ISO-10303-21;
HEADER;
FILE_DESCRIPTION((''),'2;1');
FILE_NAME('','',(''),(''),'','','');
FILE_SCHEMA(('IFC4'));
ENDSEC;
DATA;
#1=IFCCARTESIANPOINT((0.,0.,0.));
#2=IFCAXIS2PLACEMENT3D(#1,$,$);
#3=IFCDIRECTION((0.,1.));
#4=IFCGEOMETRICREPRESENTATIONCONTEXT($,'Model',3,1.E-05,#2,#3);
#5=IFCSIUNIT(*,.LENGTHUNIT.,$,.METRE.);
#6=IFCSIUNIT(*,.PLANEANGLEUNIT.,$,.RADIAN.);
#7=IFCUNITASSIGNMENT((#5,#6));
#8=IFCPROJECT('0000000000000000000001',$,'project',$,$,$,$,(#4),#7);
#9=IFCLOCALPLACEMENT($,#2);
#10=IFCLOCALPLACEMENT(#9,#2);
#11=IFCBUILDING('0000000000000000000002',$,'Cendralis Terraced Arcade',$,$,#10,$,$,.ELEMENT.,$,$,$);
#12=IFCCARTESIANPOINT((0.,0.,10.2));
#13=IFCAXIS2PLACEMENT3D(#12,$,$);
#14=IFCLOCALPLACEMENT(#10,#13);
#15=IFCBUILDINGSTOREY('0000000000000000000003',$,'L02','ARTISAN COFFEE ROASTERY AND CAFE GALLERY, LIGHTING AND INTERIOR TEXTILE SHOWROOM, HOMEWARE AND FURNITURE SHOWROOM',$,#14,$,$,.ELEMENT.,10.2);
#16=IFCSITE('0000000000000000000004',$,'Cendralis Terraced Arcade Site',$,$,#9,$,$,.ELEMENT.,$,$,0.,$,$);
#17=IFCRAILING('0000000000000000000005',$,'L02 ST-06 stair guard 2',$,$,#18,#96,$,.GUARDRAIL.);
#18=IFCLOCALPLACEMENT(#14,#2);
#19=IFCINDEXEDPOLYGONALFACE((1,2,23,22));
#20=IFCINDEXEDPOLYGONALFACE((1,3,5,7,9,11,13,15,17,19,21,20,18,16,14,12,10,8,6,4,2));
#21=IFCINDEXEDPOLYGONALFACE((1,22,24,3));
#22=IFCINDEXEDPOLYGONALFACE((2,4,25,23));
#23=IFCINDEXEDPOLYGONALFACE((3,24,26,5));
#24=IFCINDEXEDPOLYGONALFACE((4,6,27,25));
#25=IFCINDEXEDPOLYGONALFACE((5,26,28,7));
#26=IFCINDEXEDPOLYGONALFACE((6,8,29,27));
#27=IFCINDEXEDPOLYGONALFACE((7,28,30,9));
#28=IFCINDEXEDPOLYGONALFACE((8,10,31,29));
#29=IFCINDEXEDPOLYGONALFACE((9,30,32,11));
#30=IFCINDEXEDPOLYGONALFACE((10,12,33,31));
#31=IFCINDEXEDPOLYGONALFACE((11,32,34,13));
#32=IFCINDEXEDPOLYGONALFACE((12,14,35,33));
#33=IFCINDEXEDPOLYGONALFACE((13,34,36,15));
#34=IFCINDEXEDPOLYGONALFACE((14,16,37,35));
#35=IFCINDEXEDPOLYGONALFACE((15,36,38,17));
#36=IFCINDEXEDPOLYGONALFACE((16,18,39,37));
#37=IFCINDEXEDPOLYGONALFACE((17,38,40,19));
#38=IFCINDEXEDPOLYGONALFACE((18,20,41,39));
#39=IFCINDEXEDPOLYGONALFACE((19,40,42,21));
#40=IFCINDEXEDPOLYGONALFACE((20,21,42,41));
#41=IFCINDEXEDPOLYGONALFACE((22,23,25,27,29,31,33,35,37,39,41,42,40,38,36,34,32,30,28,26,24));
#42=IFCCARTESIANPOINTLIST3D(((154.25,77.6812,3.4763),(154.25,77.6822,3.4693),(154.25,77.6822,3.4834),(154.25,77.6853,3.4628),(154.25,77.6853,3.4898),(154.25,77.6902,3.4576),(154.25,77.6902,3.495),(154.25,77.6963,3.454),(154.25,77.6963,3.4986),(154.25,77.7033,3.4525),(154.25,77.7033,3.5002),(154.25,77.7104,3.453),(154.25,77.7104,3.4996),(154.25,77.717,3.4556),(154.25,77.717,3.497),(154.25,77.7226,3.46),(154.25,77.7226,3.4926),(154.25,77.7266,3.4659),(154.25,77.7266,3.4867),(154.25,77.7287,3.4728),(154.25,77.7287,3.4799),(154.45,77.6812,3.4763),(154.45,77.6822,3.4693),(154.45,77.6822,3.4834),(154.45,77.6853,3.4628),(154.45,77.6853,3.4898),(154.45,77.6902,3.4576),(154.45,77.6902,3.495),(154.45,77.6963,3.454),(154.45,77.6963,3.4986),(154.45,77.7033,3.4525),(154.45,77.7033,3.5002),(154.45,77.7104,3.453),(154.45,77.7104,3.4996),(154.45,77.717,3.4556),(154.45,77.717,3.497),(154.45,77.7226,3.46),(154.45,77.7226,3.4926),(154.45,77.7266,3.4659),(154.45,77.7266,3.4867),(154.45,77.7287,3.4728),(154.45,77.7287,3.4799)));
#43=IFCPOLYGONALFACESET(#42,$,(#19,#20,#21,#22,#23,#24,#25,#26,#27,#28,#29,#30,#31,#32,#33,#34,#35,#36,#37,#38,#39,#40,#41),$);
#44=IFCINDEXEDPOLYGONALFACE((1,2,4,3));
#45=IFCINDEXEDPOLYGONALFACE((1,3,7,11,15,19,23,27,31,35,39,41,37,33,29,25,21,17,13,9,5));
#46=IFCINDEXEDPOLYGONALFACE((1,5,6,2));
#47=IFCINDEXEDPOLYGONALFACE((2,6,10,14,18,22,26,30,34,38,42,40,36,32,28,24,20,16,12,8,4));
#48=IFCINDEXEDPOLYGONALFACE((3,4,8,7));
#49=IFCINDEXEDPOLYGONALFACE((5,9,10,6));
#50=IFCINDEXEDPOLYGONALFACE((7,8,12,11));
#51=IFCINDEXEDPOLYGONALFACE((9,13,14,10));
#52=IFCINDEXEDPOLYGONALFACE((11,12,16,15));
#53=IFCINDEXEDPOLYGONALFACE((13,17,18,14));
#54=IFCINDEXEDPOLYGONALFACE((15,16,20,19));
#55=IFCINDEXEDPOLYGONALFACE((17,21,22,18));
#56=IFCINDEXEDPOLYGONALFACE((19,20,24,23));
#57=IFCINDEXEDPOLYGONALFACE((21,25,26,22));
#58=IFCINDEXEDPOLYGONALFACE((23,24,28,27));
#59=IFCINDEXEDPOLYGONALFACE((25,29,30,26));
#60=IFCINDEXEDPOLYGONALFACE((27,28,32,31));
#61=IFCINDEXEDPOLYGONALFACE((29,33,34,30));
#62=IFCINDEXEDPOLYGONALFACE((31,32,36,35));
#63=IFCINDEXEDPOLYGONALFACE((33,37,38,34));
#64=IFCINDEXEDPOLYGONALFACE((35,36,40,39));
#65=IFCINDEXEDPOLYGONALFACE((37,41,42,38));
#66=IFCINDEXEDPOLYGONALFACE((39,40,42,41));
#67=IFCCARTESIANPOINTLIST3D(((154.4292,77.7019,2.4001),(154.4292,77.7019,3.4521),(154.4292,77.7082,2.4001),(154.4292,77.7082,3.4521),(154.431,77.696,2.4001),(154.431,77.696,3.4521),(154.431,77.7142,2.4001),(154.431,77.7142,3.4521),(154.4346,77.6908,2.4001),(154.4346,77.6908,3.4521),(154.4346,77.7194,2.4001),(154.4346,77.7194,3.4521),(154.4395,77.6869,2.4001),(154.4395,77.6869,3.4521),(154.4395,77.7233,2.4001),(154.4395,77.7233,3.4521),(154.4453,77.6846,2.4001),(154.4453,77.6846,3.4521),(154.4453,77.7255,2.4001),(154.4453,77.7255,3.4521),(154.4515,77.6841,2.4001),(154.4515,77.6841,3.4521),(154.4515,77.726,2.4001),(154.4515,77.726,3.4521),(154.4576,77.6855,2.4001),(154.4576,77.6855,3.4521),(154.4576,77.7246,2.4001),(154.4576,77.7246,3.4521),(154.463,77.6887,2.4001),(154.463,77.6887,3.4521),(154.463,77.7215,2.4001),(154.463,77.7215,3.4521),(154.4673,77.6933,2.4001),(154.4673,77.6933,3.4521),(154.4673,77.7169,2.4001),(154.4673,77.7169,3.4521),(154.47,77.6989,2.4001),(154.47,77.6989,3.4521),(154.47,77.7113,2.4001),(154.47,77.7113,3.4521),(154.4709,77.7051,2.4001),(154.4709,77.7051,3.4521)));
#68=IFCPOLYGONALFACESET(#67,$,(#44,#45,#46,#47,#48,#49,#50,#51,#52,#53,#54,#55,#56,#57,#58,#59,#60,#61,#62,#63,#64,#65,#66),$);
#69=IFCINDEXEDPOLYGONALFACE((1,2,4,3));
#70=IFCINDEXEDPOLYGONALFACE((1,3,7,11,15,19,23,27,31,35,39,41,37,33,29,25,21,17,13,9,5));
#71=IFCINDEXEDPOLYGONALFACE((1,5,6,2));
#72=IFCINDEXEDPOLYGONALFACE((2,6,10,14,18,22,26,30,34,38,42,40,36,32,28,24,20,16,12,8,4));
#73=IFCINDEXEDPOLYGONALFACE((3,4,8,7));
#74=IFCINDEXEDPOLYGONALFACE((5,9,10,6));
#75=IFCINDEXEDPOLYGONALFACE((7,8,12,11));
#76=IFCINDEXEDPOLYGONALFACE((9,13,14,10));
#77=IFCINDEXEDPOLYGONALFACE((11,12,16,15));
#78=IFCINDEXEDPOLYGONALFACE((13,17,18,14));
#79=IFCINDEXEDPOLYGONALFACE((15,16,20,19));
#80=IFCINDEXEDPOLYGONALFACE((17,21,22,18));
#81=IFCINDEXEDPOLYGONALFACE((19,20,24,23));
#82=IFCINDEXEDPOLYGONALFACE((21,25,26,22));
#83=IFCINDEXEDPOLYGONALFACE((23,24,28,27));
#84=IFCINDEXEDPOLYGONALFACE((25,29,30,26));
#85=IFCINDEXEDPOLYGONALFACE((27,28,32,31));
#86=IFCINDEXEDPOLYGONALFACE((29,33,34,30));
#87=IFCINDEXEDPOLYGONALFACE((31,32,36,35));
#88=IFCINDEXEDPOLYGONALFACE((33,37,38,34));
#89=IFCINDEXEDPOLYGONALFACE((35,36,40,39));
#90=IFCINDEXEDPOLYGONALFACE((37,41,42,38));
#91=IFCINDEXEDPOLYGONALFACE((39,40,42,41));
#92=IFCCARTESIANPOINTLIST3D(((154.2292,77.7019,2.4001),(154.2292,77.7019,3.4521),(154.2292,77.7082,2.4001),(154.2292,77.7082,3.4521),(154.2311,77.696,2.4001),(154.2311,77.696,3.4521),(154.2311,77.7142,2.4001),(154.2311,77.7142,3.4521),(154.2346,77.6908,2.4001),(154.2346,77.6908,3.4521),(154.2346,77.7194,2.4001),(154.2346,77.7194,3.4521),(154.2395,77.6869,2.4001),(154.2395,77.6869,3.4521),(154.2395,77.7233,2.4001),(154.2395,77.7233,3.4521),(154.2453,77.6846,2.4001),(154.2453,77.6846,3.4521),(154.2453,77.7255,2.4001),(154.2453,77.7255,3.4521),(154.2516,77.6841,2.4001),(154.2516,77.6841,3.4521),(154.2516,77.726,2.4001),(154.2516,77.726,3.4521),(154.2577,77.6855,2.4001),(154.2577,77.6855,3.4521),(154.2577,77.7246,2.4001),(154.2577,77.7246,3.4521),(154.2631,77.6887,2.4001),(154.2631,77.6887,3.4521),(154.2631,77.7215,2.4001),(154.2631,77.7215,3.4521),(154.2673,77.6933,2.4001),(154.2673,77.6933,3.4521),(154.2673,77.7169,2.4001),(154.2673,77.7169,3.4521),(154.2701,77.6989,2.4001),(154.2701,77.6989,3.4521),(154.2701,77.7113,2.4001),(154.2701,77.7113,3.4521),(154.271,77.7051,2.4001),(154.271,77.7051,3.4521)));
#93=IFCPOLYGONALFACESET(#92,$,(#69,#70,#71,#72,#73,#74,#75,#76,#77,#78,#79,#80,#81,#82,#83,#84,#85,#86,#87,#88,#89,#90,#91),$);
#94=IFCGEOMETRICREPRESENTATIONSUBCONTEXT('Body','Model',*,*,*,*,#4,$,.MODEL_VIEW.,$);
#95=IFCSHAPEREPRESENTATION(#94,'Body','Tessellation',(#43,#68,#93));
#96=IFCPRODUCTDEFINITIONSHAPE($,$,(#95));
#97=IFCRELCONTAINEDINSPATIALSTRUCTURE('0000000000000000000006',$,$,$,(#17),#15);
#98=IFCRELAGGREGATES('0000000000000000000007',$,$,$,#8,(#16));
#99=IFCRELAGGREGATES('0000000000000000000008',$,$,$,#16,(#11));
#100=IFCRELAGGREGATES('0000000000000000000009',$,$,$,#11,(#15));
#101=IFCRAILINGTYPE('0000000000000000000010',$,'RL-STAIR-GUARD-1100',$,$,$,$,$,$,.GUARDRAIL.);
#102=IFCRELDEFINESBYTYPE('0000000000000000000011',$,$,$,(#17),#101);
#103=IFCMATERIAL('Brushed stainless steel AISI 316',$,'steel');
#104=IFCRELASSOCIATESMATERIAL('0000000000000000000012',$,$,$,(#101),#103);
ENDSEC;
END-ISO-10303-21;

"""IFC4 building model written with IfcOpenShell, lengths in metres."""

from ifc_helpers import new_model, si_unit, direction, frame, origin, origin_2d, place, context, subcontext, project, spatial, circle, extrude, material, type_object, element, save


model = new_model("IFC4")

# Units and contexts
model_context = context("Model", 3, precision=1e-05, world=origin(), true_north=direction((0.0, 1.0)))
body_context = subcontext(model_context, "Body", "Model", "MODEL_VIEW")
ifc_project = project(units=[si_unit("LENGTHUNIT", "METRE"), si_unit("PLANEANGLEUNIT", "RADIAN")], contexts=[model_context])

# Site, building, storey
site_placement = place(None, origin())
site = spatial("IfcSite", under=ifc_project, at=site_placement, Name="Cendralis Terraced Arcade Site", CompositionType="ELEMENT", RefElevation=0.0)
building_placement = place(site_placement, origin())
building = spatial("IfcBuilding", under=site, at=building_placement, Name="Cendralis Terraced Arcade", CompositionType="ELEMENT")
storey_placement = place(building_placement, frame((0.0, 0.0, 10.2)))
storey = spatial("IfcBuildingStorey", under=building, at=storey_placement, Name="L02", Description="ARTISAN COFFEE ROASTERY AND CAFE GALLERY, LIGHTING AND INTERIOR TEXTILE SHOWROOM, HOMEWARE AND FURNITURE SHOWROOM", CompositionType="ELEMENT", Elevation=10.2)

# Railing
ifc_material_1 = material(Name="Brushed stainless steel AISI 316", Category="steel")
railing_type_1 = type_object("IfcRailingType", Name="RL-STAIR-GUARD-1100", PredefinedType="GUARDRAIL", material=ifc_material_1)
railing_1_placement = place(storey_placement, frame((154.45, 77.7051, 2.4001)))
element("IfcRailing", 1, at=railing_1_placement, inside=storey, type_object=railing_type_1, Name="L02 ST-06 stair guard 2", PredefinedType="GUARDRAIL", context=body_context, shape_type="SweptSolid", body=[
    extrude(circle(Radius=0.0239, at=origin_2d()), frame((0.0, 0.0, 1.0762), z_axis=(-1.0, 0.0, 0.0), x_axis=(0.0, -1.0, 0.0)), (0.0, 0.0, 1.0), 0.2),
    extrude(circle(Radius=0.021, at=origin_2d()), origin(), (0.0, 0.0, 1.0), 1.052),
    extrude(circle(Radius=0.021, at=origin_2d()), frame((-0.2, 0.0, 0.0)), (0.0, 0.0, 1.0), 1.052),
])

save(model, "model.ifc")
